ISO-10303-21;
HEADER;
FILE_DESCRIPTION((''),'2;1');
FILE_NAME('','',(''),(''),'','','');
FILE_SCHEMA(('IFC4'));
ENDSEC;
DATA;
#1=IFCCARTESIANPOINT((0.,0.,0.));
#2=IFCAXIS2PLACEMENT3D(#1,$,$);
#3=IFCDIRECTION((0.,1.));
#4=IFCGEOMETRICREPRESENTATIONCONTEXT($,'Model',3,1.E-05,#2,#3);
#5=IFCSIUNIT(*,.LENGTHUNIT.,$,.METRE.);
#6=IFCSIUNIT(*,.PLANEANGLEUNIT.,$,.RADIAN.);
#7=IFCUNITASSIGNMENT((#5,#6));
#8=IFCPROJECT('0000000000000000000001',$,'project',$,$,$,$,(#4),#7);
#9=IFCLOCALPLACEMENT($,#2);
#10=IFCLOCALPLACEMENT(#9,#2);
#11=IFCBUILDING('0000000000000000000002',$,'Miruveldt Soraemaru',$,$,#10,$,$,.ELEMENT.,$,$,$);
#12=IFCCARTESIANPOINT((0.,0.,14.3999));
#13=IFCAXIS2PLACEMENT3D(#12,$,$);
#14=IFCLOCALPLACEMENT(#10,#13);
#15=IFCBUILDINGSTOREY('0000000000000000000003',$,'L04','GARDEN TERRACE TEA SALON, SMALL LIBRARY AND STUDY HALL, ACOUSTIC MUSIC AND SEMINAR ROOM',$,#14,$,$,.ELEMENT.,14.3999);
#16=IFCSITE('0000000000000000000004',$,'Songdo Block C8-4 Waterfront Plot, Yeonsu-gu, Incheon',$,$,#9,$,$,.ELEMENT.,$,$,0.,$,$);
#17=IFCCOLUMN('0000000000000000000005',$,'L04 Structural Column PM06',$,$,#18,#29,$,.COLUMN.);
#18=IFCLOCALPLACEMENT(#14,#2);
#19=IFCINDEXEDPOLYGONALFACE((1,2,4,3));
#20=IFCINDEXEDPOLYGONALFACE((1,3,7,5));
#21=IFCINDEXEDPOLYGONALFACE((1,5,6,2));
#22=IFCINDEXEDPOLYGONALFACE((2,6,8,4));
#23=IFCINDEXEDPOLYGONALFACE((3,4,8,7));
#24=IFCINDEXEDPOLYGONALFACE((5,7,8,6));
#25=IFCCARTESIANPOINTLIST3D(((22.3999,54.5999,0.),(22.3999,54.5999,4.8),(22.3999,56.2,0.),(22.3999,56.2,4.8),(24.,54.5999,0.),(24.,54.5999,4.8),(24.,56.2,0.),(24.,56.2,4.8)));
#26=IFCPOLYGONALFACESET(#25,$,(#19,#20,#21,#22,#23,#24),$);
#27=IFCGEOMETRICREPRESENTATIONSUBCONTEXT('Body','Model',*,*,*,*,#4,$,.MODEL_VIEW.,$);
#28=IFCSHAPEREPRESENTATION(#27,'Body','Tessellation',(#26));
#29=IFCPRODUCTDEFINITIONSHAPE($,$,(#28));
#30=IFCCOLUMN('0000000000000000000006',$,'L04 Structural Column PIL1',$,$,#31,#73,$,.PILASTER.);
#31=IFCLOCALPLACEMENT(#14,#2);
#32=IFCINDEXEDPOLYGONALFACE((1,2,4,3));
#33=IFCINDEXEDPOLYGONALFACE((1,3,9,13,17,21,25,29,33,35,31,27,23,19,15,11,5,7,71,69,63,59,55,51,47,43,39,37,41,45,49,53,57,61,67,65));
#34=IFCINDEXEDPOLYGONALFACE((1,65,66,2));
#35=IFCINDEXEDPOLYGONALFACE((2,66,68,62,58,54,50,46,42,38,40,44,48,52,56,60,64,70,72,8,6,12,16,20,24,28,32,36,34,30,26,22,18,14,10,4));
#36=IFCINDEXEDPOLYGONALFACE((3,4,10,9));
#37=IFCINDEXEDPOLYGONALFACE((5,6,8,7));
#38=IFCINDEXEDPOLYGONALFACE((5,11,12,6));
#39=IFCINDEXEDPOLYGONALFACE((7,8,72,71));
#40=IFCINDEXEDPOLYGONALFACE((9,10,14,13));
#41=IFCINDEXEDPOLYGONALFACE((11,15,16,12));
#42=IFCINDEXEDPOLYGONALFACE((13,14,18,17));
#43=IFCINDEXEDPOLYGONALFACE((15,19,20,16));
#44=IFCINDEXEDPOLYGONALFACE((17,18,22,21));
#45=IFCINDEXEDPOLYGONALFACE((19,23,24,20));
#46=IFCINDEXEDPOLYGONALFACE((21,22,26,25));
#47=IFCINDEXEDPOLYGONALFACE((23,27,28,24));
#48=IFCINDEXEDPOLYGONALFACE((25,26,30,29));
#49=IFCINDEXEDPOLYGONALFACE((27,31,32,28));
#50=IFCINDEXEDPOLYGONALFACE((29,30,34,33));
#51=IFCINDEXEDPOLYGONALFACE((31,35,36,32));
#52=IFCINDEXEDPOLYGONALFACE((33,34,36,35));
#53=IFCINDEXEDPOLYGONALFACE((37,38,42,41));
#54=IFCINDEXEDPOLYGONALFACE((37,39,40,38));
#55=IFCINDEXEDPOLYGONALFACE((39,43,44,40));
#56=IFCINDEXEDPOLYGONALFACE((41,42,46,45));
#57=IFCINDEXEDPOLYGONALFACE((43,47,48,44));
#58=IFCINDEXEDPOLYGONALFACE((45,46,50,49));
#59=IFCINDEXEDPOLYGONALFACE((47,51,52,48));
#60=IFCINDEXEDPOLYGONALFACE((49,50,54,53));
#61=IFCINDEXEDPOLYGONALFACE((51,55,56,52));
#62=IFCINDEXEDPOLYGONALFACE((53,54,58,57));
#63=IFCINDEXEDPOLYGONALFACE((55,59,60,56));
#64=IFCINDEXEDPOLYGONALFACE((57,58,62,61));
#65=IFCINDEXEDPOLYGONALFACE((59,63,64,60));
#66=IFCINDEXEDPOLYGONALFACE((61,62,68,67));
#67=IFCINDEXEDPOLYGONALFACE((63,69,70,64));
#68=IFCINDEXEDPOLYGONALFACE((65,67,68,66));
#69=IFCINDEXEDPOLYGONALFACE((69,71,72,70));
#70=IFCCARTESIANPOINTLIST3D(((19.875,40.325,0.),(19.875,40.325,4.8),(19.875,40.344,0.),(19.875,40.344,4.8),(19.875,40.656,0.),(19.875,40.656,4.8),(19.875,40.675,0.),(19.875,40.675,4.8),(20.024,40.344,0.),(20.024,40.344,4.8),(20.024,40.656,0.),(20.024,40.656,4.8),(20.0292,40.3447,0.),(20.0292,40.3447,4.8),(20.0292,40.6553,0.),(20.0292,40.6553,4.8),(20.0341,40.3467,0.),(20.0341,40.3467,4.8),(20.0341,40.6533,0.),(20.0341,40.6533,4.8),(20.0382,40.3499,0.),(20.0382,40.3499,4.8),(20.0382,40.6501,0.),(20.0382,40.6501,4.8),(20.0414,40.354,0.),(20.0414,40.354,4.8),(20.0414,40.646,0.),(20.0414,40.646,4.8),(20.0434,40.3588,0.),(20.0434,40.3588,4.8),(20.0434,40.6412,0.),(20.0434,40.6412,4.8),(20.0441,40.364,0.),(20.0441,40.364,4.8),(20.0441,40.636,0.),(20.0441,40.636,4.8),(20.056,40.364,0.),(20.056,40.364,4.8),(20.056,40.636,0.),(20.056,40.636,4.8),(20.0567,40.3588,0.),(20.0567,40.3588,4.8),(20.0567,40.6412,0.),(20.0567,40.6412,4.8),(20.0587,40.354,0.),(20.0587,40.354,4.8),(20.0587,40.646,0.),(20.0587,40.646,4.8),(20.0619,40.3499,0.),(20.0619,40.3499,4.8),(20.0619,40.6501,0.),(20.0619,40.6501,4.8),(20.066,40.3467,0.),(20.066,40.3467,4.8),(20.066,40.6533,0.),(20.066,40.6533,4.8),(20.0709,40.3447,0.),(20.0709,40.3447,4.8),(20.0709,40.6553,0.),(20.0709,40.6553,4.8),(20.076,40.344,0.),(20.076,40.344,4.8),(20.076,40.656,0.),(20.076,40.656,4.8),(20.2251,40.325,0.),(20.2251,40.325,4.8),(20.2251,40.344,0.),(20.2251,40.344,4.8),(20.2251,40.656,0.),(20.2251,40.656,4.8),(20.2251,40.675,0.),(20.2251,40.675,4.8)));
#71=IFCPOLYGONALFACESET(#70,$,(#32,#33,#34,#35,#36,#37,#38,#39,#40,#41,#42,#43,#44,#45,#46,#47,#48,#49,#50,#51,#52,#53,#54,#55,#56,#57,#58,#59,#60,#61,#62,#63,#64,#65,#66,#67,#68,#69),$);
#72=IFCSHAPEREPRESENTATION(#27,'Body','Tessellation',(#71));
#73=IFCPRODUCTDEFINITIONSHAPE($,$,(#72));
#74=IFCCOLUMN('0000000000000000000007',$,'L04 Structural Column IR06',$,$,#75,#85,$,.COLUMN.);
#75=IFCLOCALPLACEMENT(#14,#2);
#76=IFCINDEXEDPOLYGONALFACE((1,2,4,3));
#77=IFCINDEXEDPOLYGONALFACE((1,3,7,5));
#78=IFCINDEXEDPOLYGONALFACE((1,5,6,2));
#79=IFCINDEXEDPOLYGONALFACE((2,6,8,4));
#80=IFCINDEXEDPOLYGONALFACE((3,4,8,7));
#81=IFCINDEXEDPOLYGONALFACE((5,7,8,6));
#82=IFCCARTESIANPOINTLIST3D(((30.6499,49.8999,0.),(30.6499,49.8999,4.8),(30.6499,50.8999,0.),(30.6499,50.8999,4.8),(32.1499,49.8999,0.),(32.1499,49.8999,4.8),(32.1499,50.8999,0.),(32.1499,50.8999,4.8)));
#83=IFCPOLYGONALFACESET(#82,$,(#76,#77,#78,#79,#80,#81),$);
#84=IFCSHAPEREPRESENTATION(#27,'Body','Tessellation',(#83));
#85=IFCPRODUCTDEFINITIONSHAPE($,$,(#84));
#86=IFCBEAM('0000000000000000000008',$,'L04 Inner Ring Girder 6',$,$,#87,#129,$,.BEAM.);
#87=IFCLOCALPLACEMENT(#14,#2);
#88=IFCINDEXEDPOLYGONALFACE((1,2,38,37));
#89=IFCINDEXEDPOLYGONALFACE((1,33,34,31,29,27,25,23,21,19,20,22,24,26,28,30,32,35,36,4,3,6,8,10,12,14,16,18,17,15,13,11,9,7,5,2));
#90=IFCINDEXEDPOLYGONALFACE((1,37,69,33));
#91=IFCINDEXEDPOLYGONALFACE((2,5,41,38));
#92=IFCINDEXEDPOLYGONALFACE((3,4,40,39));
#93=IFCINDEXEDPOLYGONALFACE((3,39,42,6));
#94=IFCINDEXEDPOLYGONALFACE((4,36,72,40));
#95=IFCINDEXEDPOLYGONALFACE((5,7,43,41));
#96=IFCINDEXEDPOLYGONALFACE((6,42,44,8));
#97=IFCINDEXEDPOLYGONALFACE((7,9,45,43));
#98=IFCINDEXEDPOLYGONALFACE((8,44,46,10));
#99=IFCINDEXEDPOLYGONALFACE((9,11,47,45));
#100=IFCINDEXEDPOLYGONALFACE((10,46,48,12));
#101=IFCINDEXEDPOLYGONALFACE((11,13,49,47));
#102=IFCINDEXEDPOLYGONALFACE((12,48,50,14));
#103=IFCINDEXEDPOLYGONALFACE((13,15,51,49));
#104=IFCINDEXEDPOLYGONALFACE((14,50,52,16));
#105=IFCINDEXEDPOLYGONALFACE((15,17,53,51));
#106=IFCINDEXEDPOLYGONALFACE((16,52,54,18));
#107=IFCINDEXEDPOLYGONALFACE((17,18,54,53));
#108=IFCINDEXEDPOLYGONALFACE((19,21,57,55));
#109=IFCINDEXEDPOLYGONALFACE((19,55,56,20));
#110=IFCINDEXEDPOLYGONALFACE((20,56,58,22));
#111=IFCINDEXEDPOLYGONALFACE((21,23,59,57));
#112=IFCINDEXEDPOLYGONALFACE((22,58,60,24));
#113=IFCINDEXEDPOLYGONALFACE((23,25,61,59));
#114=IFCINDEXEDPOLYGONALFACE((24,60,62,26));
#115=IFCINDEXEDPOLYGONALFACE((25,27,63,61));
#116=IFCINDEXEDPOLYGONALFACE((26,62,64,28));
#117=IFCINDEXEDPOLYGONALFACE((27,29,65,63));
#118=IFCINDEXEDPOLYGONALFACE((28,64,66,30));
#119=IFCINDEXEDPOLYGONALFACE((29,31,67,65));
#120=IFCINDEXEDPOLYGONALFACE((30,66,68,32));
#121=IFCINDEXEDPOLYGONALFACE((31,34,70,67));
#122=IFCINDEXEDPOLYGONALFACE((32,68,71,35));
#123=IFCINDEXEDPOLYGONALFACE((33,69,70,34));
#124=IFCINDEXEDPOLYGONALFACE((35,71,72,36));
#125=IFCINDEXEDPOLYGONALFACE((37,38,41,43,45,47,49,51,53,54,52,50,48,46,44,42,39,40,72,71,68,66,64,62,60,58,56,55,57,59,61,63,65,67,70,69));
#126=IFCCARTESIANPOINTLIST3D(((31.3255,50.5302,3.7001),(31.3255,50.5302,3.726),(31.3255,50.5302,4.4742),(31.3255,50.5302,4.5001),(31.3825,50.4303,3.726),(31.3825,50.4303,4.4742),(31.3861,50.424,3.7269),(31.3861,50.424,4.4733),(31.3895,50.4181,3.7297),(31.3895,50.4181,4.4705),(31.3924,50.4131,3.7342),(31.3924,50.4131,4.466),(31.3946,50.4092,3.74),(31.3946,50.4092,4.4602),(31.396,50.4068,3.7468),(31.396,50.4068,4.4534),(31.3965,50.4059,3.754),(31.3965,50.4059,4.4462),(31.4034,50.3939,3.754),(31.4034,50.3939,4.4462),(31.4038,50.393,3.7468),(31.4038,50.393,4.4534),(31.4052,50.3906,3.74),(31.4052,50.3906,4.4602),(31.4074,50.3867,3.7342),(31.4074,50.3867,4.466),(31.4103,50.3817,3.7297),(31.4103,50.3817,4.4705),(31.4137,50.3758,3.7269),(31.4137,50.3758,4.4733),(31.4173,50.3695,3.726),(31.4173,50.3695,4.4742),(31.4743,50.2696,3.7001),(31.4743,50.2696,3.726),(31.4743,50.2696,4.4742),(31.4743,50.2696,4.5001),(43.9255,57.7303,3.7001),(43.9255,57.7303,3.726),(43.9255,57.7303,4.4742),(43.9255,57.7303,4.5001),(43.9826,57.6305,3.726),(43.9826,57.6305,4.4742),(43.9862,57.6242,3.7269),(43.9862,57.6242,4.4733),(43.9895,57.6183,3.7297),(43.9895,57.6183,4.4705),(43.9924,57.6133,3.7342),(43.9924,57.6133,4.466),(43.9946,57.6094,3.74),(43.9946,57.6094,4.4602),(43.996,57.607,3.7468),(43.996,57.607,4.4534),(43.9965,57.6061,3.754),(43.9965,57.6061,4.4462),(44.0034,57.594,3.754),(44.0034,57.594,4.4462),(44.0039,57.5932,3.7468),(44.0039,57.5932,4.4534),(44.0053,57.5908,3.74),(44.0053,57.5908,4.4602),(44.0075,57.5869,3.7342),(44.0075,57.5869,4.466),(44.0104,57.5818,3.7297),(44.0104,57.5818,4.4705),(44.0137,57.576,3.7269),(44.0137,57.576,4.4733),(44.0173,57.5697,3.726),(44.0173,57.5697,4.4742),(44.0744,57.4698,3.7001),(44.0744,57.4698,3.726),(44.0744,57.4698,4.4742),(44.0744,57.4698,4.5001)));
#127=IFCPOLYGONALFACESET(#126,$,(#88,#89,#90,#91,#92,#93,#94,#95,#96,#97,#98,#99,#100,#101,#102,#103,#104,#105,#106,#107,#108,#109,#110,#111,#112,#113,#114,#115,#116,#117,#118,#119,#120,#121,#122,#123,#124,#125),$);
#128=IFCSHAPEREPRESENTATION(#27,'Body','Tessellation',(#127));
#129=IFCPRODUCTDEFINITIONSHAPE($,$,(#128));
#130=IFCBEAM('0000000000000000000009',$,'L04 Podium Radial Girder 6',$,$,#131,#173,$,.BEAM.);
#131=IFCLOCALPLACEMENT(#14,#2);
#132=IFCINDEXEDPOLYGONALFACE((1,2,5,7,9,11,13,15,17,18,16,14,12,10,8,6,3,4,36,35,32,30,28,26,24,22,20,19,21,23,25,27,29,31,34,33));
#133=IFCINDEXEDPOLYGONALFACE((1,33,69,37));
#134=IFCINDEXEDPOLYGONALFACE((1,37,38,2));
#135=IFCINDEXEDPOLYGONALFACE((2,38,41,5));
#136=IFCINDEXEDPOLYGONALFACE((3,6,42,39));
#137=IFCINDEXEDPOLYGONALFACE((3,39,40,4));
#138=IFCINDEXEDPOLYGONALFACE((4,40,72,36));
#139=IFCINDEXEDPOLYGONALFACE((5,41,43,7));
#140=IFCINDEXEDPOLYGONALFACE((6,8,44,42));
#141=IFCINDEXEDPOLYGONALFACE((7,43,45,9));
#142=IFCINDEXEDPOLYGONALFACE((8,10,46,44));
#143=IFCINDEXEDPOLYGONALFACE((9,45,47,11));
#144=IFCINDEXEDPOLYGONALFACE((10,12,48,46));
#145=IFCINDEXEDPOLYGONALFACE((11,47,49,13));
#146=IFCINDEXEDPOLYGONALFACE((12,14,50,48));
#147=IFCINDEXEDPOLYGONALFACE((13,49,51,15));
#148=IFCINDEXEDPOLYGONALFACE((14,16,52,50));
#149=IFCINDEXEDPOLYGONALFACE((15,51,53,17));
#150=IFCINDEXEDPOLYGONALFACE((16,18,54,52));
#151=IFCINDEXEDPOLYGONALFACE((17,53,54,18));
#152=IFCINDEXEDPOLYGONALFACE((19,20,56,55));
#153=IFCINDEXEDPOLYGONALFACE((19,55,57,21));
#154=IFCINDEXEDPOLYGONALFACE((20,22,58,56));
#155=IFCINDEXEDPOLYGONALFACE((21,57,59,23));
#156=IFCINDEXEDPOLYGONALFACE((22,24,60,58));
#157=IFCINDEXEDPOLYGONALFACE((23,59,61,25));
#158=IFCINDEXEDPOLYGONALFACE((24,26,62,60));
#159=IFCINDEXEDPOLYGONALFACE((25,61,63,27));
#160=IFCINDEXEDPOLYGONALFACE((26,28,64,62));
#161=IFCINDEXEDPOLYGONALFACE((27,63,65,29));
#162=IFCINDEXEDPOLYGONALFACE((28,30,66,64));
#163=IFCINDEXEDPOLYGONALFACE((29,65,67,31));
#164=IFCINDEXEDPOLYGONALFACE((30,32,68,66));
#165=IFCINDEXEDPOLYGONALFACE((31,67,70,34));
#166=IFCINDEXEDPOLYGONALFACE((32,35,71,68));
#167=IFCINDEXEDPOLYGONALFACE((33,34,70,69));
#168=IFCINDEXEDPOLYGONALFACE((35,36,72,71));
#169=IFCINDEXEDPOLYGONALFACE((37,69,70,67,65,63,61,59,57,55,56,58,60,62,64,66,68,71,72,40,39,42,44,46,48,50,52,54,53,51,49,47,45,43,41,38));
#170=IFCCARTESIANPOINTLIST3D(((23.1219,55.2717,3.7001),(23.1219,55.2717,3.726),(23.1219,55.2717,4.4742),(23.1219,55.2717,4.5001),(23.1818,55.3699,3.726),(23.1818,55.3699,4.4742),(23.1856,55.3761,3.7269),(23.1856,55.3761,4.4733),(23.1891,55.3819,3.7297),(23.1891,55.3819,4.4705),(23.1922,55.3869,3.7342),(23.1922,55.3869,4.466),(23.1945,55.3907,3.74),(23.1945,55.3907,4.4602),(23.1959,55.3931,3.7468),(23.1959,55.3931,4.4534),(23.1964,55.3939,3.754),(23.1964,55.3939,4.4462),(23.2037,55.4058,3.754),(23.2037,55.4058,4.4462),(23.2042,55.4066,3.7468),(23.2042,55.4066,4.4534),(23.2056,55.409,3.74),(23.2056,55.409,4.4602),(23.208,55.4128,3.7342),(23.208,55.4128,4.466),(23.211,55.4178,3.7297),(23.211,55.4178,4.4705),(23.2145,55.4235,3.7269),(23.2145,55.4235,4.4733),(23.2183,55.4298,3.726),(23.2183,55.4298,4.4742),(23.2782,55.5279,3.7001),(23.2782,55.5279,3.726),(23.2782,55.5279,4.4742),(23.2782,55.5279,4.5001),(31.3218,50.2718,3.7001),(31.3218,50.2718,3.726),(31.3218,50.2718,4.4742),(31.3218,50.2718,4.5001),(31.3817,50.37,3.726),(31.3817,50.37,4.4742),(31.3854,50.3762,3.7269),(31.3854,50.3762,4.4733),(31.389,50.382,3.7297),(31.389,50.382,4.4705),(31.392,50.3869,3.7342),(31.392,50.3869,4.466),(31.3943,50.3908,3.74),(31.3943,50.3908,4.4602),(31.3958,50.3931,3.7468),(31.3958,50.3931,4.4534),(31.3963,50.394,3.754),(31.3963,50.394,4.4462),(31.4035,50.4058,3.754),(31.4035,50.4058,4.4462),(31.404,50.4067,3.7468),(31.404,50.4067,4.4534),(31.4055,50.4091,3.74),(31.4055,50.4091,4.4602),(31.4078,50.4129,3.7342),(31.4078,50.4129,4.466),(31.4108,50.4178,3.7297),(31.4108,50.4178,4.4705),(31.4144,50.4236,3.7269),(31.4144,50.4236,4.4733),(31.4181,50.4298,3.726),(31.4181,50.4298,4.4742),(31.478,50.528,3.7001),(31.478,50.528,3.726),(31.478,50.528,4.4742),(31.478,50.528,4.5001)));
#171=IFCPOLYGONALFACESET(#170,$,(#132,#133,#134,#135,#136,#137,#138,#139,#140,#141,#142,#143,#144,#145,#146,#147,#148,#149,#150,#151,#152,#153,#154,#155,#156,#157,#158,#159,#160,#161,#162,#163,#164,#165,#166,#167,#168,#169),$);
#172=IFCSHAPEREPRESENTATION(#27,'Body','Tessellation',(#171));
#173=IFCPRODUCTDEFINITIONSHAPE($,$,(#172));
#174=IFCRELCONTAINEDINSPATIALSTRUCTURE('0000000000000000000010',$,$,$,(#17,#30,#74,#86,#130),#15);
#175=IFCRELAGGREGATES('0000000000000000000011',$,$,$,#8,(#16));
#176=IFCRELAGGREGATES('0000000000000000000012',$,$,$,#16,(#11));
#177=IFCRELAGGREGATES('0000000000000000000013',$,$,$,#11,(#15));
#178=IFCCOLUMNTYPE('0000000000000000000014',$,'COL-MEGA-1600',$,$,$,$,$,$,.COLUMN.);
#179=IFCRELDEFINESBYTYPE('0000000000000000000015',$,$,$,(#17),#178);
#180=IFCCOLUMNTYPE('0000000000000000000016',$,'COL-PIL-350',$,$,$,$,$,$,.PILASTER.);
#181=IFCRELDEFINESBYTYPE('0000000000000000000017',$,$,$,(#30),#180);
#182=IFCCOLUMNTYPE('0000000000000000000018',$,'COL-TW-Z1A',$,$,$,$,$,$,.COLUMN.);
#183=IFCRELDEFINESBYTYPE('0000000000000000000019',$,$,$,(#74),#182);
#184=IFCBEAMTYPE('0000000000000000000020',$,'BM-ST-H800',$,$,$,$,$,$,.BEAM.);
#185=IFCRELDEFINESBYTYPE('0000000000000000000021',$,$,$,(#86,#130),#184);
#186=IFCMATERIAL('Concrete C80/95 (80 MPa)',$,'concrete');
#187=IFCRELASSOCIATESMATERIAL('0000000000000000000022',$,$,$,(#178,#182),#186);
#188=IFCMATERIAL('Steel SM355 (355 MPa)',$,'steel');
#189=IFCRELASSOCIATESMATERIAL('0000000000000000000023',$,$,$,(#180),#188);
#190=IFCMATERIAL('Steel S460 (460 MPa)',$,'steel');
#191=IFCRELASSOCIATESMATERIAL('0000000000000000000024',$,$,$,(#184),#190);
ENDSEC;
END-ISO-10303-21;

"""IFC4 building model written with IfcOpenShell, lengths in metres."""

from ifc_helpers import new_model, si_unit, direction, frame, origin, origin_2d, place, context, subcontext, project, spatial, rectangle, i_section, extrude, material, material_profile, profile_set, type_object, element, save


model = new_model("IFC4")

# Units and contexts
model_context = context("Model", 3, precision=1e-05, world=origin(), true_north=direction((0.0, 1.0)))
body_context = subcontext(model_context, "Body", "Model", "MODEL_VIEW")
ifc_project = project(units=[si_unit("LENGTHUNIT", "METRE"), si_unit("PLANEANGLEUNIT", "RADIAN")], contexts=[model_context])

# Site, building, storey
site_placement = place(None, origin())
site = spatial("IfcSite", under=ifc_project, at=site_placement, Name="Songdo Block C8-4 Waterfront Plot, Yeonsu-gu, Incheon", CompositionType="ELEMENT", RefElevation=0.0)
building_placement = place(site_placement, origin())
building = spatial("IfcBuilding", under=site, at=building_placement, Name="Miruveldt Soraemaru", CompositionType="ELEMENT")
storey_placement = place(building_placement, frame((0.0, 0.0, 14.3999)))
storey = spatial("IfcBuildingStorey", under=building, at=storey_placement, Name="L04", Description="GARDEN TERRACE TEA SALON, SMALL LIBRARY AND STUDY HALL, ACOUSTIC MUSIC AND SEMINAR ROOM", CompositionType="ELEMENT", Elevation=14.3999)

# Columns
ifc_material_1 = material(Name="Concrete C80/95 (80 MPa)", Category="concrete")
ifc_material_profile_1 = material_profile(ifc_material_1, rectangle(XDim=1.6001, YDim=1.6001, at=origin_2d()), Name="Concrete C80/95 (80 MPa)", Category="concrete")
ifc_profile_set_1 = profile_set([ifc_material_profile_1], Name="Concrete C80/95 (80 MPa)")
column_type_1 = type_object("IfcColumnType", Name="COL-MEGA-1600", PredefinedType="COLUMN", material=ifc_profile_set_1)
column_1_placement = place(storey_placement, frame((23.2, 55.3999, 0.0), z_axis=(0.0, 0.0, 1.0), x_axis=(1.0, 0.0, 0.0)))
element("IfcColumn", 1, at=column_1_placement, inside=storey, type_object=column_type_1, Name="L04 Structural Column PM06", PredefinedType="COLUMN", context=body_context, shape_type="SweptSolid", body=[
    extrude(rectangle(XDim=1.6001, YDim=1.6001, at=origin_2d()), origin(), (0.0, 0.0, 1.0), 4.8),
])
ifc_material_2 = material(Name="Steel SM355 (355 MPa)", Category="steel")
ifc_material_profile_2 = material_profile(ifc_material_2, i_section(OverallWidth=0.3501, OverallDepth=0.3501, WebThickness=0.012, FlangeThickness=0.019, FilletRadius=0.02, at=origin_2d()), Name="Steel SM355 (355 MPa)", Category="steel")
ifc_profile_set_2 = profile_set([ifc_material_profile_2], Name="Steel SM355 (355 MPa)")
column_type_2 = type_object("IfcColumnType", Name="COL-PIL-350", PredefinedType="PILASTER", material=ifc_profile_set_2)
column_2_placement = place(storey_placement, frame((20.05, 40.5, 0.0), z_axis=(0.0, 0.0, 1.0), x_axis=(1.0, 0.0, 0.0)))
element("IfcColumn", 2, at=column_2_placement, inside=storey, type_object=column_type_2, Name="L04 Structural Column PIL1", PredefinedType="PILASTER", context=body_context, shape_type="SweptSolid", body=[
    extrude(i_section(OverallWidth=0.3501, OverallDepth=0.3501, WebThickness=0.012, FlangeThickness=0.019, FilletRadius=0.02, at=origin_2d()), origin(), (0.0, 0.0, 1.0), 4.8),
])
ifc_material_profile_3 = material_profile(ifc_material_1, rectangle(XDim=1.5, YDim=1.0, at=origin_2d()), Name="Concrete C80/95 (80 MPa)", Category="concrete")
ifc_profile_set_3 = profile_set([ifc_material_profile_3], Name="Concrete C80/95 (80 MPa)")
column_type_3 = type_object("IfcColumnType", Name="COL-TW-Z1A", PredefinedType="COLUMN", material=ifc_profile_set_3)
column_3_placement = place(storey_placement, frame((31.3999, 50.3999, 0.0), z_axis=(0.0, 0.0, 1.0), x_axis=(1.0, 0.0, 0.0)))
element("IfcColumn", 3, at=column_3_placement, inside=storey, type_object=column_type_3, Name="L04 Structural Column IR06", PredefinedType="COLUMN", context=body_context, shape_type="SweptSolid", body=[
    extrude(rectangle(XDim=1.5, YDim=1.0, at=origin_2d()), origin(), (0.0, 0.0, 1.0), 4.8),
])

# Beams
ifc_material_3 = material(Name="Steel S460 (460 MPa)", Category="steel")
ifc_material_profile_4 = material_profile(ifc_material_3, i_section(OverallWidth=0.3, OverallDepth=0.8, WebThickness=0.0139, FlangeThickness=0.0259, FilletRadius=0.0281, at=origin_2d()), Name="Steel S460 (460 MPa)", Category="steel")
ifc_profile_set_4 = profile_set([ifc_material_profile_4], Name="Steel S460 (460 MPa)")
beam_type_1 = type_object("IfcBeamType", Name="BM-ST-H800", PredefinedType="BEAM", material=ifc_profile_set_4)
beam_1_placement = place(storey_placement, frame((31.3999, 50.3999, 4.1001), z_axis=(0.868239, 0.496146, 0.0), x_axis=(-0.496146, 0.868239, 0.0)))
element("IfcBeam", 4, at=beam_1_placement, inside=storey, type_object=beam_type_1, Name="L04 Inner Ring Girder 6", PredefinedType="BEAM", context=body_context, shape_type="SweptSolid", body=[
    extrude(i_section(OverallWidth=0.3, OverallDepth=0.8, WebThickness=0.0139, FlangeThickness=0.0259, FilletRadius=0.0281, at=origin_2d()), origin(), (0.0, 0.0, 1.0), 14.5122),
])
beam_2_placement = place(storey_placement, frame((31.3999, 50.3999, 4.1001), z_axis=(-0.853795, 0.52061, 0.0), x_axis=(-0.52061, -0.853795, 0.0)))
element("IfcBeam", 5, at=beam_2_placement, inside=storey, type_object=beam_type_1, Name="L04 Podium Radial Girder 6", PredefinedType="BEAM", context=body_context, shape_type="SweptSolid", body=[
    extrude(i_section(OverallWidth=0.3, OverallDepth=0.8, WebThickness=0.0139, FlangeThickness=0.0259, FilletRadius=0.0281, at=origin_2d()), origin(), (0.0, 0.0, 1.0), 9.604),
])

save(model, "model.ifc")
